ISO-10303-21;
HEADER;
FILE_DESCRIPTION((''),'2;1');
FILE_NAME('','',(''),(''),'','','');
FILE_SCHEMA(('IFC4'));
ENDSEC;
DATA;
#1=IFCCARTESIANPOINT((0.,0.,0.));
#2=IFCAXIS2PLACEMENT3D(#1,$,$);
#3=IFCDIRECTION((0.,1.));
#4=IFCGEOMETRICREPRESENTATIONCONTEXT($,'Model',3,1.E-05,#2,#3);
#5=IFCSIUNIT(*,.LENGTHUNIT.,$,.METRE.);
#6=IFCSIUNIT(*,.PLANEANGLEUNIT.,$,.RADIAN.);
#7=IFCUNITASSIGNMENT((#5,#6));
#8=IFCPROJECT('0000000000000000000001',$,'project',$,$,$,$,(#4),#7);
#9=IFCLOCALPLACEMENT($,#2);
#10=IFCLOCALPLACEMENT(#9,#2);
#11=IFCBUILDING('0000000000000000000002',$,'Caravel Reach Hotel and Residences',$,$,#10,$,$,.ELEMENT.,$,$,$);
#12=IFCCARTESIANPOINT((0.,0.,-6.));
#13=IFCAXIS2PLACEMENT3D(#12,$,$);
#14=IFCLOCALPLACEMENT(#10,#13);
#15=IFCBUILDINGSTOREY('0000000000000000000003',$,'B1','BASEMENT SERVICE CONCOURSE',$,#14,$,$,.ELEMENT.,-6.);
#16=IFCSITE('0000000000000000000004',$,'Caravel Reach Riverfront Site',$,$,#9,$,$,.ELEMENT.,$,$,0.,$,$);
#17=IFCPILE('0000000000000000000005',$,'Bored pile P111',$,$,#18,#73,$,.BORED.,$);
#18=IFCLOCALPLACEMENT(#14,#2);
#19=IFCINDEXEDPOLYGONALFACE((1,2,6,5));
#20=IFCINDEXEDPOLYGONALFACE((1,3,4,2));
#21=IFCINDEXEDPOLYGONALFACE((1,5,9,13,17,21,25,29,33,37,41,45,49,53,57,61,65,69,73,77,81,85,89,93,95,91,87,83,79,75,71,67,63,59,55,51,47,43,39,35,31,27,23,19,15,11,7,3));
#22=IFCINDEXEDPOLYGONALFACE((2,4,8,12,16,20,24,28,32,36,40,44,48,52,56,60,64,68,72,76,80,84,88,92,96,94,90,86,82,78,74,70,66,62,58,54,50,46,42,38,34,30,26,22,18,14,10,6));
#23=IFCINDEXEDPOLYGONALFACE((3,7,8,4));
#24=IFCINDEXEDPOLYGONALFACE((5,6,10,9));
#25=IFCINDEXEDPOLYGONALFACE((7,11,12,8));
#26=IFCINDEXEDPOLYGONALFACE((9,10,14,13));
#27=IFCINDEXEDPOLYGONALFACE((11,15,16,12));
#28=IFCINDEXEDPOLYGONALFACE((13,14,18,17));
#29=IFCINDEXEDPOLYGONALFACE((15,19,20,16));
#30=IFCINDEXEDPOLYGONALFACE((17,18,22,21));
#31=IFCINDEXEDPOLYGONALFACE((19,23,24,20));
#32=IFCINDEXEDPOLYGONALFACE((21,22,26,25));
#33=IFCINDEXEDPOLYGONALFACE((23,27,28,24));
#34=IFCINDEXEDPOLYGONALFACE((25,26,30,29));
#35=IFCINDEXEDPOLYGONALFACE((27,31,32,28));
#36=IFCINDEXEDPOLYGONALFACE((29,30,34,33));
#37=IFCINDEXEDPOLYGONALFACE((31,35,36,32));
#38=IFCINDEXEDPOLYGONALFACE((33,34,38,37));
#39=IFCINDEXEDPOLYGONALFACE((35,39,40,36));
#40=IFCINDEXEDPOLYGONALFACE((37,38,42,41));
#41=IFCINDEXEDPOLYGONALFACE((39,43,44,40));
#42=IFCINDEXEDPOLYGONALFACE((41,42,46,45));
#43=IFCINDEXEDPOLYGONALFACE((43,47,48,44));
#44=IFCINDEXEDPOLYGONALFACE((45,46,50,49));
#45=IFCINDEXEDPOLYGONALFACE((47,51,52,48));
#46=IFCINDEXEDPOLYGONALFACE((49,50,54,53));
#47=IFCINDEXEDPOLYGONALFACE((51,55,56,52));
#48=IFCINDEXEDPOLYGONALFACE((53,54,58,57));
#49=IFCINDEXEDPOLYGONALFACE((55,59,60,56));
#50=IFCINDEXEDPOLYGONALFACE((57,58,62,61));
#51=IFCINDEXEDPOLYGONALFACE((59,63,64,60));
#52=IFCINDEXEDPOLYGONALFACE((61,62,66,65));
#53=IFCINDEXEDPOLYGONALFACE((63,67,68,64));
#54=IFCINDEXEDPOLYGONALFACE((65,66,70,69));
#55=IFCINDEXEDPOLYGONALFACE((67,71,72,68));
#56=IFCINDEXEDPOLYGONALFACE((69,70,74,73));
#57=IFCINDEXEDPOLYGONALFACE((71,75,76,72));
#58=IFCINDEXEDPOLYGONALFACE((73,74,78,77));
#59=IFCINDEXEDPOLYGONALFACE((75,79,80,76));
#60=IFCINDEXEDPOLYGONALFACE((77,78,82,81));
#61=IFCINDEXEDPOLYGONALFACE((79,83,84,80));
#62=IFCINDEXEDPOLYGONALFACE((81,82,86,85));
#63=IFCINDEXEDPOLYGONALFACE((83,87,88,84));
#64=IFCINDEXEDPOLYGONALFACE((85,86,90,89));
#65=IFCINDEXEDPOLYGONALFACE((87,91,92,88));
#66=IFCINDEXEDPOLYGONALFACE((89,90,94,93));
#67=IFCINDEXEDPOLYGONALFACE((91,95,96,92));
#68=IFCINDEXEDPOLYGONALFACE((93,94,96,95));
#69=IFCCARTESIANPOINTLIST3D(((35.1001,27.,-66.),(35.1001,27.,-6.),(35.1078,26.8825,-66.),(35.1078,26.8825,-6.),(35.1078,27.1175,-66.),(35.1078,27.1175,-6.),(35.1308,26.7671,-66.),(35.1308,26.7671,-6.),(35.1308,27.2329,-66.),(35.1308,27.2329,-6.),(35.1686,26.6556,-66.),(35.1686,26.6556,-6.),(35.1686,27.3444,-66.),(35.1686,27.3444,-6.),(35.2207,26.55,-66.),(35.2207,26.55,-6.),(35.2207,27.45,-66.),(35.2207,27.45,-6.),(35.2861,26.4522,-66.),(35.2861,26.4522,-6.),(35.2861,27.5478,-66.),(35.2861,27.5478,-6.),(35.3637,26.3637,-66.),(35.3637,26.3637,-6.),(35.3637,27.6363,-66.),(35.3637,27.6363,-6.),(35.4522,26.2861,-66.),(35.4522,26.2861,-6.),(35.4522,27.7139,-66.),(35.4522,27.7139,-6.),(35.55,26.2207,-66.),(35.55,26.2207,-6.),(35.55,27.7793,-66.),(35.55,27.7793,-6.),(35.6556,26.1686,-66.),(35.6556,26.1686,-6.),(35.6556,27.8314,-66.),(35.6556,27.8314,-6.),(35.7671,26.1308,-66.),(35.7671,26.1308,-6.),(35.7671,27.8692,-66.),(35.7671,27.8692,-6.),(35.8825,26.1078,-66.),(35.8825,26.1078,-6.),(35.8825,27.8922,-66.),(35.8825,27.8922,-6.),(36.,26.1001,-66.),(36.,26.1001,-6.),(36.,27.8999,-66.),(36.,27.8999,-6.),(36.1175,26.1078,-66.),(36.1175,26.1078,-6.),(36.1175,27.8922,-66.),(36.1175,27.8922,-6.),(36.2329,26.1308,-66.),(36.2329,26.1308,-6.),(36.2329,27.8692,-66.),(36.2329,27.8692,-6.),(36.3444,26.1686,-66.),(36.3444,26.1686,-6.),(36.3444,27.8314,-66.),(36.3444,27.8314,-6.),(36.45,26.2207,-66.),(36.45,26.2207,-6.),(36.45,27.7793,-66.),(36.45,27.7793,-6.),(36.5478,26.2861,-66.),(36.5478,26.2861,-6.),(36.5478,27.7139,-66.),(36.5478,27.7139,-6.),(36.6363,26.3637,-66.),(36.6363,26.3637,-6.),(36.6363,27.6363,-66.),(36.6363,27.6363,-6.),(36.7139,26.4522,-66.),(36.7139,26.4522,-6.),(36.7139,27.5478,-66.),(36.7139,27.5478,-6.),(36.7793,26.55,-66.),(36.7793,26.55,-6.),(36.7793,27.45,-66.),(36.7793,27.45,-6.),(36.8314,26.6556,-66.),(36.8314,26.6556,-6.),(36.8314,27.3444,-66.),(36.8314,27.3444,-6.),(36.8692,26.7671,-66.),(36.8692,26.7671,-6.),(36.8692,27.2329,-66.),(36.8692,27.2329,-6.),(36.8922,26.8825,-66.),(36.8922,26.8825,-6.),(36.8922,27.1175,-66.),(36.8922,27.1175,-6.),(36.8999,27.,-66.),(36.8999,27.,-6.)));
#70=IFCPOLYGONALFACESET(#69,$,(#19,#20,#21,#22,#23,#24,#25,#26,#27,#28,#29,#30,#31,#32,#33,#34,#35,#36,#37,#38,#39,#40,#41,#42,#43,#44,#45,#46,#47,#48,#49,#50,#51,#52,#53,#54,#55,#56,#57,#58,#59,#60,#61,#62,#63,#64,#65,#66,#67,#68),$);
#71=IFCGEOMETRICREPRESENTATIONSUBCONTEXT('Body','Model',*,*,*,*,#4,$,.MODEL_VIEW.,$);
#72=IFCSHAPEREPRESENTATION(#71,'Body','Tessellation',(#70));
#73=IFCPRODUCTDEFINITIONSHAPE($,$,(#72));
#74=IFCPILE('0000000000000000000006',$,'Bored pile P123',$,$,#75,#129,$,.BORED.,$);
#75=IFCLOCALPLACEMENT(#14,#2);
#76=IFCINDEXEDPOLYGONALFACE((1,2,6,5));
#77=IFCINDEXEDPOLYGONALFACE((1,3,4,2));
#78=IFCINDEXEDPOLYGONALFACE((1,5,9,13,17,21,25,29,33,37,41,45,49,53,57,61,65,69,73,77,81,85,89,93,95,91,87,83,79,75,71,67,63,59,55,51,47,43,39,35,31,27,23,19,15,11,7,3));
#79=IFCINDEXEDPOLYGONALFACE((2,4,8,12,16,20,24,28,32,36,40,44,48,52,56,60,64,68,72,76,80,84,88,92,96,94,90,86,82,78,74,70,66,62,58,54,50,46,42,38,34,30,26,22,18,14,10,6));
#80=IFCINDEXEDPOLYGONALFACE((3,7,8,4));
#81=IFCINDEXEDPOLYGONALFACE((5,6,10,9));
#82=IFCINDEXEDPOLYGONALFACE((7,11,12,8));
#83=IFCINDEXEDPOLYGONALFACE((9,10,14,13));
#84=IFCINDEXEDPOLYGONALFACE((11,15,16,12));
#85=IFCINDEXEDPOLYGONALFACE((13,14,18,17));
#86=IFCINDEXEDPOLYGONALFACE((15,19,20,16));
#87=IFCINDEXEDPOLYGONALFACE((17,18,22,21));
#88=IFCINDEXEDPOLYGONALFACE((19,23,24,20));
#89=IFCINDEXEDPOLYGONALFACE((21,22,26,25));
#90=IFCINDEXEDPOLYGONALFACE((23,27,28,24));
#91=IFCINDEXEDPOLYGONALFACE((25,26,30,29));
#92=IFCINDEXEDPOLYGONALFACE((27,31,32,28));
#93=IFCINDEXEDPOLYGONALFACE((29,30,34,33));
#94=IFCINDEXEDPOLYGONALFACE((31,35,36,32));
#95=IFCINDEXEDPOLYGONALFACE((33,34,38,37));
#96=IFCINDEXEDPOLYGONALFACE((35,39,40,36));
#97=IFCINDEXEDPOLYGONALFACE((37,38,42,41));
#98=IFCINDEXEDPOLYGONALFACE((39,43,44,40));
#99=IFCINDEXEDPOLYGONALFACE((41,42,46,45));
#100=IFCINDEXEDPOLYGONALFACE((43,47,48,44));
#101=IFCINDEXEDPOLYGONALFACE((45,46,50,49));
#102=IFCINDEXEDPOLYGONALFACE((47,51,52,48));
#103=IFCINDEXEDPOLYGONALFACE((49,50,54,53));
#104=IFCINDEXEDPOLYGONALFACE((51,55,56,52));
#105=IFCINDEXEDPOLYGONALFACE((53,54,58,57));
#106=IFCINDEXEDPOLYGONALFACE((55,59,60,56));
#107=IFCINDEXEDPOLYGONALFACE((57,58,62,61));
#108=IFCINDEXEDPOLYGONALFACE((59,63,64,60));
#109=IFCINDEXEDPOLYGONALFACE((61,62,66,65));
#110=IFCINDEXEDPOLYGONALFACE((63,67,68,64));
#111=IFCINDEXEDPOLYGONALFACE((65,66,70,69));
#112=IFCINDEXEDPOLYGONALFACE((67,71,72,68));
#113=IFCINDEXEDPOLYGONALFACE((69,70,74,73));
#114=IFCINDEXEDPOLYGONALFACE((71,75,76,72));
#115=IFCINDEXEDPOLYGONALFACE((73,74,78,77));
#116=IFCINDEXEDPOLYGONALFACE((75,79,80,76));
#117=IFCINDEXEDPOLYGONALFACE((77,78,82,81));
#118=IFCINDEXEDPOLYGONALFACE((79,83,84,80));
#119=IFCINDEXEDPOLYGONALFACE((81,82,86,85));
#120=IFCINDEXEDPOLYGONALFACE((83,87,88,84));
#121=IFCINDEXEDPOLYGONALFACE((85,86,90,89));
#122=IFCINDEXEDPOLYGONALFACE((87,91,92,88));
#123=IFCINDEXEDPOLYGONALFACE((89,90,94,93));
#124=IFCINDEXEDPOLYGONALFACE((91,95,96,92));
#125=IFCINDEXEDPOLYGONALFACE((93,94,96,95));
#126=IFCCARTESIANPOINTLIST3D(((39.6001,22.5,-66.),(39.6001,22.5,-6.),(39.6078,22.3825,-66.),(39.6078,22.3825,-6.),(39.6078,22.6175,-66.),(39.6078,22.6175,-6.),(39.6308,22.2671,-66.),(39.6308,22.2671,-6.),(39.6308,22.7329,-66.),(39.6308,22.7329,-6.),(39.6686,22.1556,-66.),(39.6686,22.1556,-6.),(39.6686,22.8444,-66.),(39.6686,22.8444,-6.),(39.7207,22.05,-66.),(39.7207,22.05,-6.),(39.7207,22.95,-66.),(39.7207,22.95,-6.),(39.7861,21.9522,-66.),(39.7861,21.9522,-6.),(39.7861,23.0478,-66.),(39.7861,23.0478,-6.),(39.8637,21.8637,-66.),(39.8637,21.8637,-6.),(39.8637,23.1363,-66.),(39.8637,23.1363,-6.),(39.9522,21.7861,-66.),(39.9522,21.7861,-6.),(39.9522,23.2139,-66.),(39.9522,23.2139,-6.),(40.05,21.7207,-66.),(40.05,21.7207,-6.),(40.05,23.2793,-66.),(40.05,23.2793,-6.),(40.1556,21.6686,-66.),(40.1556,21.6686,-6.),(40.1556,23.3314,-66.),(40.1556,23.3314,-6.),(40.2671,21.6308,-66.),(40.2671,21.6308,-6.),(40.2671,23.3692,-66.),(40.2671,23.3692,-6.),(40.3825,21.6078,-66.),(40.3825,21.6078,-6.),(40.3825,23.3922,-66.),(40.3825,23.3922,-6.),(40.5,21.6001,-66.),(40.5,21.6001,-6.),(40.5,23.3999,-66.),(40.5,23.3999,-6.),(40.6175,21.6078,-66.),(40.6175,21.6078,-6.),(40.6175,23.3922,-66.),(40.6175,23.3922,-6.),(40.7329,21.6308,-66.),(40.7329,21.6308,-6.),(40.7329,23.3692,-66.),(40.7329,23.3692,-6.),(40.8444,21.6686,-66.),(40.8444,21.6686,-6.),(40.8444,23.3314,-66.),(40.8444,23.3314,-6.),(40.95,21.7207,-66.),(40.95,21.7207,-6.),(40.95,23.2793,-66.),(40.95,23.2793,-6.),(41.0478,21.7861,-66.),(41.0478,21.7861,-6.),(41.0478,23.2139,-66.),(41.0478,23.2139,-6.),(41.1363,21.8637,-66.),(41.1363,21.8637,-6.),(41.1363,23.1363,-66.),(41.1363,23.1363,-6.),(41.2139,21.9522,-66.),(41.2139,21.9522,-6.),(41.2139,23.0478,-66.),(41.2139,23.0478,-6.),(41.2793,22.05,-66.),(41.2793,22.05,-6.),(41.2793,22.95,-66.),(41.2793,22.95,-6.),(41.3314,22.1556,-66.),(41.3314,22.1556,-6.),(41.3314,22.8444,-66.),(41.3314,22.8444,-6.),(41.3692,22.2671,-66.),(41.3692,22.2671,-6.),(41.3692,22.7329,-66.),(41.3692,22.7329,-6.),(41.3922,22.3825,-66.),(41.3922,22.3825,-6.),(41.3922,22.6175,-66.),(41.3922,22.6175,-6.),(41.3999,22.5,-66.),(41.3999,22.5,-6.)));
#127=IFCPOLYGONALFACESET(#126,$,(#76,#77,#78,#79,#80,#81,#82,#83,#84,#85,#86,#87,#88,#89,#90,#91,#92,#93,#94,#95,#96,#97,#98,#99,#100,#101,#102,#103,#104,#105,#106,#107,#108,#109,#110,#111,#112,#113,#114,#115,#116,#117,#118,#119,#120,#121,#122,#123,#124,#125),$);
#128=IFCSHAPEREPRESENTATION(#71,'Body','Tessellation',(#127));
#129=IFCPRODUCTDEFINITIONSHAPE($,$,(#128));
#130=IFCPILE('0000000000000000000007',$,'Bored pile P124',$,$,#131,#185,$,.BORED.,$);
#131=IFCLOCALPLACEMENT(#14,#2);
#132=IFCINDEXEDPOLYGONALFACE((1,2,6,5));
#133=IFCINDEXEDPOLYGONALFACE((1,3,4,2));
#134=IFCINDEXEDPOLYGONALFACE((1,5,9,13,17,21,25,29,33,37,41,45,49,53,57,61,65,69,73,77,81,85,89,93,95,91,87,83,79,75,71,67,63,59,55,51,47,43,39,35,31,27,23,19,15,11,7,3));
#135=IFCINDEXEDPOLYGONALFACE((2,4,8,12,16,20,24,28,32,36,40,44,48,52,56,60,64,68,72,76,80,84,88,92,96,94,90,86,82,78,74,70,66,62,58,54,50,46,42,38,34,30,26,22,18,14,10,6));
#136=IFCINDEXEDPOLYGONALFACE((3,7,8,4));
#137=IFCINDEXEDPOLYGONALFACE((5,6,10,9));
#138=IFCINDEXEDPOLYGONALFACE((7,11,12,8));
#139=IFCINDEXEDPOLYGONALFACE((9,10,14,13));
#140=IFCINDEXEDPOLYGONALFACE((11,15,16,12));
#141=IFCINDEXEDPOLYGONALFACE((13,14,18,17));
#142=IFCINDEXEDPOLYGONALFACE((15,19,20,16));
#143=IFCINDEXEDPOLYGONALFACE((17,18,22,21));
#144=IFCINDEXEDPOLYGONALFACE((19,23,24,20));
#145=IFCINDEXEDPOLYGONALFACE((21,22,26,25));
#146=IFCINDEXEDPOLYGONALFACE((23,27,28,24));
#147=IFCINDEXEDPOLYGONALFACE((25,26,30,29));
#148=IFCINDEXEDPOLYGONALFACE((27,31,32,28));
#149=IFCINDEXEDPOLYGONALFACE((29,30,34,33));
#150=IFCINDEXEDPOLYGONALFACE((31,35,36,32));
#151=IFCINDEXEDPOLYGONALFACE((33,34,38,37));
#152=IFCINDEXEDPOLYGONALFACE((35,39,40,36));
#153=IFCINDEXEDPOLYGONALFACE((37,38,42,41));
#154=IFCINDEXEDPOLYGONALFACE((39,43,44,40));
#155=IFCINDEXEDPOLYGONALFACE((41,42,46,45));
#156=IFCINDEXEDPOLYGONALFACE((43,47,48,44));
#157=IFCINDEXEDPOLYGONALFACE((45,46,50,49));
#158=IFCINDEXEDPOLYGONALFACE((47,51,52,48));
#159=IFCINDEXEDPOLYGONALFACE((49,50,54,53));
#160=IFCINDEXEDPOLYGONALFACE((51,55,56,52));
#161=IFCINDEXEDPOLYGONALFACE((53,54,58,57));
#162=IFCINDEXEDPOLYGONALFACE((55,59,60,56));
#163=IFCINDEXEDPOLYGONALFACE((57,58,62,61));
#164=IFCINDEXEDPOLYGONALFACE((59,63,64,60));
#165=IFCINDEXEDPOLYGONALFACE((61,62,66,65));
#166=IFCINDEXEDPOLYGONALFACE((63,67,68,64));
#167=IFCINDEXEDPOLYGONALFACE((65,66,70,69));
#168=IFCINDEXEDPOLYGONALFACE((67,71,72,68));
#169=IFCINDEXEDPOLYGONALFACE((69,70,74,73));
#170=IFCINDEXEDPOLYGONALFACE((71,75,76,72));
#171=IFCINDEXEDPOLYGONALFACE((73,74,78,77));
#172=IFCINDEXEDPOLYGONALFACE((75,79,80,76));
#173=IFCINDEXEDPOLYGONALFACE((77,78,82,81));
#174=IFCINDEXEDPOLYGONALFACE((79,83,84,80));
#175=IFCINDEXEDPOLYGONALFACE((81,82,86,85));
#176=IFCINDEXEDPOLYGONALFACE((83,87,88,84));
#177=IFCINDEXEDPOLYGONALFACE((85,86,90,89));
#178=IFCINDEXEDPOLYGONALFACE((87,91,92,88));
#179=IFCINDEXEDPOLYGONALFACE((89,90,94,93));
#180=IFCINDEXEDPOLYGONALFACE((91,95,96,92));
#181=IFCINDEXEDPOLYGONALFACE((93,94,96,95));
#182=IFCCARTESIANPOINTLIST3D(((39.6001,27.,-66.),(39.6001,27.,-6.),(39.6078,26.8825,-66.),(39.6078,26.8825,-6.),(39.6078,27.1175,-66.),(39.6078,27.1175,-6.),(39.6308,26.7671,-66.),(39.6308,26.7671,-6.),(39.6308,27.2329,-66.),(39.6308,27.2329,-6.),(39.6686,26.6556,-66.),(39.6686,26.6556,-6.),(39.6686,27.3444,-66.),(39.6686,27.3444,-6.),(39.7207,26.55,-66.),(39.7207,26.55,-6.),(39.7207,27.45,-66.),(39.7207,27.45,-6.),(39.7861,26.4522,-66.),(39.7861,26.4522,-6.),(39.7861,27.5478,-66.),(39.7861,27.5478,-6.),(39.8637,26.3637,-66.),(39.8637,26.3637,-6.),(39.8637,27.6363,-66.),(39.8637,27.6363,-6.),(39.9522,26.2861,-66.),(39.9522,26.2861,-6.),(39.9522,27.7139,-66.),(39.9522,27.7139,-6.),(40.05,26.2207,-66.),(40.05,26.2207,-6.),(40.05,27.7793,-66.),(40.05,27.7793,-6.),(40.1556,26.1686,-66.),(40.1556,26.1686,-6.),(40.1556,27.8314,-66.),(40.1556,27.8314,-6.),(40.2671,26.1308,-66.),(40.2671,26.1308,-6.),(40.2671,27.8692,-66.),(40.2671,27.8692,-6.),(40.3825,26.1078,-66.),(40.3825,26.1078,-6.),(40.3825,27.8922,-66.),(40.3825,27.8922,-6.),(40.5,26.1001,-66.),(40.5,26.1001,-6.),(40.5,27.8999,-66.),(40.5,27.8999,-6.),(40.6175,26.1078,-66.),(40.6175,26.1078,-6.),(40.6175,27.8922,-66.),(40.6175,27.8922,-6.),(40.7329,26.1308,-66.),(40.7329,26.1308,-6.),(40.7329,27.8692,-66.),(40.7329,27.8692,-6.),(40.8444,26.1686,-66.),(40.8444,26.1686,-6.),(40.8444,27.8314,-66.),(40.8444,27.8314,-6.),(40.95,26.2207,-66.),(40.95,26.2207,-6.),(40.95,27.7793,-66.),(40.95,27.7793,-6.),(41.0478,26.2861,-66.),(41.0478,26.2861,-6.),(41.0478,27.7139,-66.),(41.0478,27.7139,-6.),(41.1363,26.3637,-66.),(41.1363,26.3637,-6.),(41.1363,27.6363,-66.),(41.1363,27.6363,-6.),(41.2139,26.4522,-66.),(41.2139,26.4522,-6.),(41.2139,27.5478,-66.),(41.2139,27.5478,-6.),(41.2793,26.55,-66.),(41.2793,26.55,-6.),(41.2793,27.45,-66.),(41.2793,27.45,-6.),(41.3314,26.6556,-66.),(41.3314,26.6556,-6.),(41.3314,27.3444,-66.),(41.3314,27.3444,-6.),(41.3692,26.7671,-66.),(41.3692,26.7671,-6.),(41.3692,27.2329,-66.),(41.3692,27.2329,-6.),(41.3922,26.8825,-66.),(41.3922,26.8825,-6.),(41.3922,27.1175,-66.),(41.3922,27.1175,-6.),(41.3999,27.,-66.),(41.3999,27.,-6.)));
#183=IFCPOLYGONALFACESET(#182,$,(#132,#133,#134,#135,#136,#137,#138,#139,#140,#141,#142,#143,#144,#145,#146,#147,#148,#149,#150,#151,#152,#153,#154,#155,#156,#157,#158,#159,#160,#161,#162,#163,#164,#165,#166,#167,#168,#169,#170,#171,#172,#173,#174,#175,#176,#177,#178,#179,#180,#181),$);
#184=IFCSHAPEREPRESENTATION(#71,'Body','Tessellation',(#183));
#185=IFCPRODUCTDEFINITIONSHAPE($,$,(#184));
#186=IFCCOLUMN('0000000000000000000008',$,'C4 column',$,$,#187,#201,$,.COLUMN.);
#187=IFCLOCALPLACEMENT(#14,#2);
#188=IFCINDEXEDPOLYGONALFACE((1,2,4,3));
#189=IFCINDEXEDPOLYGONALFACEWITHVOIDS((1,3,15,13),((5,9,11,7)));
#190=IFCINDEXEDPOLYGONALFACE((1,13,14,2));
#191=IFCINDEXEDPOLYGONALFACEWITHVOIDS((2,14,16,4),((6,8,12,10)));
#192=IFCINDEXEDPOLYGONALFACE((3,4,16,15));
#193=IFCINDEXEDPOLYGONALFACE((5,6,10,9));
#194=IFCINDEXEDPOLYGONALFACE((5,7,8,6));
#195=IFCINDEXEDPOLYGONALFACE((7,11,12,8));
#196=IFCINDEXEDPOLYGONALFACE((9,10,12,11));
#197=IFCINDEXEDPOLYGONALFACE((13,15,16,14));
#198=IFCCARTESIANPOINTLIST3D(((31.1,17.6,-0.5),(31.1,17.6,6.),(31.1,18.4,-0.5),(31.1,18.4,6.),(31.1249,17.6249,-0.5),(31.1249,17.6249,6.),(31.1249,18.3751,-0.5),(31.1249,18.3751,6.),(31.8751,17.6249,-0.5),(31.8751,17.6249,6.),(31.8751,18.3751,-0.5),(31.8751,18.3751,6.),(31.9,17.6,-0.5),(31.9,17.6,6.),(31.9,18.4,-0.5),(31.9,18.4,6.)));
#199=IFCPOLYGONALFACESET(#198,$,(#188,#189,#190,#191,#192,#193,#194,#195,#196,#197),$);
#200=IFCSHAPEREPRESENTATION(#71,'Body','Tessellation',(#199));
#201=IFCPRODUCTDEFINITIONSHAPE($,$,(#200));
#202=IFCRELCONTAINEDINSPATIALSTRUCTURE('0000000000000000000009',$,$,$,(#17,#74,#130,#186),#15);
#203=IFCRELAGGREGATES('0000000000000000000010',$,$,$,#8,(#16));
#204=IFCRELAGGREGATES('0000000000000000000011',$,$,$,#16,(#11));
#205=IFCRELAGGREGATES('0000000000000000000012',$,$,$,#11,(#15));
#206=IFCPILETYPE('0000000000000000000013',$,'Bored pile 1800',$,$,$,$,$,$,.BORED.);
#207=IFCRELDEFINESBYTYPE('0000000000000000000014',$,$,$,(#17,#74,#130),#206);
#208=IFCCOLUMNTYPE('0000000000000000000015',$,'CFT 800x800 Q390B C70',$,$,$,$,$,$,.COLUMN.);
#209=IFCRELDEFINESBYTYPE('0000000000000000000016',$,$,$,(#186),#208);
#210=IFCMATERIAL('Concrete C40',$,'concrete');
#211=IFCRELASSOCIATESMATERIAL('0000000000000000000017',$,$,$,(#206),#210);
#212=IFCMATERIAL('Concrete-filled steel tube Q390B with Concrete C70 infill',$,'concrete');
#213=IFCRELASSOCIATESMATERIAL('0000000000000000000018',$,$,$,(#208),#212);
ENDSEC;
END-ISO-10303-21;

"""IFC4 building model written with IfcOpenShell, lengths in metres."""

from ifc_helpers import new_model, si_unit, direction, frame, origin, origin_2d, place, context, subcontext, project, spatial, hollow_rectangle, circle, extrude, material, material_profile, profile_set, type_object, element, save


model = new_model("IFC4")

# Units and contexts
model_context = context("Model", 3, precision=1e-05, world=origin(), true_north=direction((0.0, 1.0)))
body_context = subcontext(model_context, "Body", "Model", "MODEL_VIEW")
ifc_project = project(units=[si_unit("LENGTHUNIT", "METRE"), si_unit("PLANEANGLEUNIT", "RADIAN")], contexts=[model_context])

# Site, building, storey
site_placement = place(None, origin())
site = spatial("IfcSite", under=ifc_project, at=site_placement, Name="Caravel Reach Riverfront Site", CompositionType="ELEMENT", RefElevation=0.0)
building_placement = place(site_placement, origin())
building = spatial("IfcBuilding", under=site, at=building_placement, Name="Caravel Reach Hotel and Residences", CompositionType="ELEMENT")
storey_placement = place(building_placement, frame((0.0, 0.0, -6.0)))
storey = spatial("IfcBuildingStorey", under=building, at=storey_placement, Name="B1", Description="BASEMENT SERVICE CONCOURSE", CompositionType="ELEMENT", Elevation=-6.0)

# Piles
ifc_material_1 = material(Name="Concrete C40", Category="concrete")
ifc_material_profile_1 = material_profile(ifc_material_1, circle(Radius=0.8999, at=origin_2d()), Name="PILE 1800")
ifc_profile_set_1 = profile_set([ifc_material_profile_1], Name="Concrete C40")
pile_type_1 = type_object("IfcPileType", Name="Bored pile 1800", PredefinedType="BORED", material=ifc_profile_set_1)
for number, where, z_axis, x_axis, name in (
    (1, (36.0, 27.0, -6.0), (0.0, 0.0, -1.0), (1.0, 0.0, 0.0), "Bored pile P111"),
    (2, (40.5, 22.5, -6.0), (0.0, 0.0, -1.0), (1.0, 0.0, 0.0), "Bored pile P123"),
    (3, (40.5, 27.0, -6.0), (0.0, 0.0, -1.0), (1.0, 0.0, 0.0), "Bored pile P124"),
):
    element("IfcPile", number, at=place(storey_placement, frame(where, z_axis=z_axis, x_axis=x_axis)), inside=storey, type_object=pile_type_1, Name=name, PredefinedType="BORED", context=body_context, shape_type="SweptSolid", body=[
        extrude(circle(Radius=0.8999, at=origin_2d()), origin(), (0.0, 0.0, 1.0), 60.0),
    ])

# Column
ifc_material_2 = material(Name="Concrete-filled steel tube Q390B with Concrete C70 infill", Category="concrete")
ifc_material_profile_2 = material_profile(ifc_material_2, hollow_rectangle(XDim=0.8, YDim=0.8, WallThickness=0.0249, at=origin_2d()), Name="RHS 800x800x25")
ifc_profile_set_2 = profile_set([ifc_material_profile_2], Name="Concrete-filled steel tube Q390B with Concrete C70 infill")
column_type = type_object("IfcColumnType", Name="CFT 800x800 Q390B C70", PredefinedType="COLUMN", material=ifc_profile_set_2)
for number, where, z_axis, x_axis, name in (
    (4, (31.5, 18.0, -0.5), (0.0, 0.0, 1.0), (1.0, 0.0, 0.0), "C4 column"),
):
    element("IfcColumn", number, at=place(storey_placement, frame(where, z_axis=z_axis, x_axis=x_axis)), inside=storey, type_object=column_type, Name=name, PredefinedType="COLUMN", context=body_context, shape_type="SweptSolid", body=[
        extrude(hollow_rectangle(XDim=0.8, YDim=0.8, WallThickness=0.0249, at=origin_2d()), origin(), (0.0, 0.0, 1.0), 6.5),
    ])

save(model, "model.ifc")
